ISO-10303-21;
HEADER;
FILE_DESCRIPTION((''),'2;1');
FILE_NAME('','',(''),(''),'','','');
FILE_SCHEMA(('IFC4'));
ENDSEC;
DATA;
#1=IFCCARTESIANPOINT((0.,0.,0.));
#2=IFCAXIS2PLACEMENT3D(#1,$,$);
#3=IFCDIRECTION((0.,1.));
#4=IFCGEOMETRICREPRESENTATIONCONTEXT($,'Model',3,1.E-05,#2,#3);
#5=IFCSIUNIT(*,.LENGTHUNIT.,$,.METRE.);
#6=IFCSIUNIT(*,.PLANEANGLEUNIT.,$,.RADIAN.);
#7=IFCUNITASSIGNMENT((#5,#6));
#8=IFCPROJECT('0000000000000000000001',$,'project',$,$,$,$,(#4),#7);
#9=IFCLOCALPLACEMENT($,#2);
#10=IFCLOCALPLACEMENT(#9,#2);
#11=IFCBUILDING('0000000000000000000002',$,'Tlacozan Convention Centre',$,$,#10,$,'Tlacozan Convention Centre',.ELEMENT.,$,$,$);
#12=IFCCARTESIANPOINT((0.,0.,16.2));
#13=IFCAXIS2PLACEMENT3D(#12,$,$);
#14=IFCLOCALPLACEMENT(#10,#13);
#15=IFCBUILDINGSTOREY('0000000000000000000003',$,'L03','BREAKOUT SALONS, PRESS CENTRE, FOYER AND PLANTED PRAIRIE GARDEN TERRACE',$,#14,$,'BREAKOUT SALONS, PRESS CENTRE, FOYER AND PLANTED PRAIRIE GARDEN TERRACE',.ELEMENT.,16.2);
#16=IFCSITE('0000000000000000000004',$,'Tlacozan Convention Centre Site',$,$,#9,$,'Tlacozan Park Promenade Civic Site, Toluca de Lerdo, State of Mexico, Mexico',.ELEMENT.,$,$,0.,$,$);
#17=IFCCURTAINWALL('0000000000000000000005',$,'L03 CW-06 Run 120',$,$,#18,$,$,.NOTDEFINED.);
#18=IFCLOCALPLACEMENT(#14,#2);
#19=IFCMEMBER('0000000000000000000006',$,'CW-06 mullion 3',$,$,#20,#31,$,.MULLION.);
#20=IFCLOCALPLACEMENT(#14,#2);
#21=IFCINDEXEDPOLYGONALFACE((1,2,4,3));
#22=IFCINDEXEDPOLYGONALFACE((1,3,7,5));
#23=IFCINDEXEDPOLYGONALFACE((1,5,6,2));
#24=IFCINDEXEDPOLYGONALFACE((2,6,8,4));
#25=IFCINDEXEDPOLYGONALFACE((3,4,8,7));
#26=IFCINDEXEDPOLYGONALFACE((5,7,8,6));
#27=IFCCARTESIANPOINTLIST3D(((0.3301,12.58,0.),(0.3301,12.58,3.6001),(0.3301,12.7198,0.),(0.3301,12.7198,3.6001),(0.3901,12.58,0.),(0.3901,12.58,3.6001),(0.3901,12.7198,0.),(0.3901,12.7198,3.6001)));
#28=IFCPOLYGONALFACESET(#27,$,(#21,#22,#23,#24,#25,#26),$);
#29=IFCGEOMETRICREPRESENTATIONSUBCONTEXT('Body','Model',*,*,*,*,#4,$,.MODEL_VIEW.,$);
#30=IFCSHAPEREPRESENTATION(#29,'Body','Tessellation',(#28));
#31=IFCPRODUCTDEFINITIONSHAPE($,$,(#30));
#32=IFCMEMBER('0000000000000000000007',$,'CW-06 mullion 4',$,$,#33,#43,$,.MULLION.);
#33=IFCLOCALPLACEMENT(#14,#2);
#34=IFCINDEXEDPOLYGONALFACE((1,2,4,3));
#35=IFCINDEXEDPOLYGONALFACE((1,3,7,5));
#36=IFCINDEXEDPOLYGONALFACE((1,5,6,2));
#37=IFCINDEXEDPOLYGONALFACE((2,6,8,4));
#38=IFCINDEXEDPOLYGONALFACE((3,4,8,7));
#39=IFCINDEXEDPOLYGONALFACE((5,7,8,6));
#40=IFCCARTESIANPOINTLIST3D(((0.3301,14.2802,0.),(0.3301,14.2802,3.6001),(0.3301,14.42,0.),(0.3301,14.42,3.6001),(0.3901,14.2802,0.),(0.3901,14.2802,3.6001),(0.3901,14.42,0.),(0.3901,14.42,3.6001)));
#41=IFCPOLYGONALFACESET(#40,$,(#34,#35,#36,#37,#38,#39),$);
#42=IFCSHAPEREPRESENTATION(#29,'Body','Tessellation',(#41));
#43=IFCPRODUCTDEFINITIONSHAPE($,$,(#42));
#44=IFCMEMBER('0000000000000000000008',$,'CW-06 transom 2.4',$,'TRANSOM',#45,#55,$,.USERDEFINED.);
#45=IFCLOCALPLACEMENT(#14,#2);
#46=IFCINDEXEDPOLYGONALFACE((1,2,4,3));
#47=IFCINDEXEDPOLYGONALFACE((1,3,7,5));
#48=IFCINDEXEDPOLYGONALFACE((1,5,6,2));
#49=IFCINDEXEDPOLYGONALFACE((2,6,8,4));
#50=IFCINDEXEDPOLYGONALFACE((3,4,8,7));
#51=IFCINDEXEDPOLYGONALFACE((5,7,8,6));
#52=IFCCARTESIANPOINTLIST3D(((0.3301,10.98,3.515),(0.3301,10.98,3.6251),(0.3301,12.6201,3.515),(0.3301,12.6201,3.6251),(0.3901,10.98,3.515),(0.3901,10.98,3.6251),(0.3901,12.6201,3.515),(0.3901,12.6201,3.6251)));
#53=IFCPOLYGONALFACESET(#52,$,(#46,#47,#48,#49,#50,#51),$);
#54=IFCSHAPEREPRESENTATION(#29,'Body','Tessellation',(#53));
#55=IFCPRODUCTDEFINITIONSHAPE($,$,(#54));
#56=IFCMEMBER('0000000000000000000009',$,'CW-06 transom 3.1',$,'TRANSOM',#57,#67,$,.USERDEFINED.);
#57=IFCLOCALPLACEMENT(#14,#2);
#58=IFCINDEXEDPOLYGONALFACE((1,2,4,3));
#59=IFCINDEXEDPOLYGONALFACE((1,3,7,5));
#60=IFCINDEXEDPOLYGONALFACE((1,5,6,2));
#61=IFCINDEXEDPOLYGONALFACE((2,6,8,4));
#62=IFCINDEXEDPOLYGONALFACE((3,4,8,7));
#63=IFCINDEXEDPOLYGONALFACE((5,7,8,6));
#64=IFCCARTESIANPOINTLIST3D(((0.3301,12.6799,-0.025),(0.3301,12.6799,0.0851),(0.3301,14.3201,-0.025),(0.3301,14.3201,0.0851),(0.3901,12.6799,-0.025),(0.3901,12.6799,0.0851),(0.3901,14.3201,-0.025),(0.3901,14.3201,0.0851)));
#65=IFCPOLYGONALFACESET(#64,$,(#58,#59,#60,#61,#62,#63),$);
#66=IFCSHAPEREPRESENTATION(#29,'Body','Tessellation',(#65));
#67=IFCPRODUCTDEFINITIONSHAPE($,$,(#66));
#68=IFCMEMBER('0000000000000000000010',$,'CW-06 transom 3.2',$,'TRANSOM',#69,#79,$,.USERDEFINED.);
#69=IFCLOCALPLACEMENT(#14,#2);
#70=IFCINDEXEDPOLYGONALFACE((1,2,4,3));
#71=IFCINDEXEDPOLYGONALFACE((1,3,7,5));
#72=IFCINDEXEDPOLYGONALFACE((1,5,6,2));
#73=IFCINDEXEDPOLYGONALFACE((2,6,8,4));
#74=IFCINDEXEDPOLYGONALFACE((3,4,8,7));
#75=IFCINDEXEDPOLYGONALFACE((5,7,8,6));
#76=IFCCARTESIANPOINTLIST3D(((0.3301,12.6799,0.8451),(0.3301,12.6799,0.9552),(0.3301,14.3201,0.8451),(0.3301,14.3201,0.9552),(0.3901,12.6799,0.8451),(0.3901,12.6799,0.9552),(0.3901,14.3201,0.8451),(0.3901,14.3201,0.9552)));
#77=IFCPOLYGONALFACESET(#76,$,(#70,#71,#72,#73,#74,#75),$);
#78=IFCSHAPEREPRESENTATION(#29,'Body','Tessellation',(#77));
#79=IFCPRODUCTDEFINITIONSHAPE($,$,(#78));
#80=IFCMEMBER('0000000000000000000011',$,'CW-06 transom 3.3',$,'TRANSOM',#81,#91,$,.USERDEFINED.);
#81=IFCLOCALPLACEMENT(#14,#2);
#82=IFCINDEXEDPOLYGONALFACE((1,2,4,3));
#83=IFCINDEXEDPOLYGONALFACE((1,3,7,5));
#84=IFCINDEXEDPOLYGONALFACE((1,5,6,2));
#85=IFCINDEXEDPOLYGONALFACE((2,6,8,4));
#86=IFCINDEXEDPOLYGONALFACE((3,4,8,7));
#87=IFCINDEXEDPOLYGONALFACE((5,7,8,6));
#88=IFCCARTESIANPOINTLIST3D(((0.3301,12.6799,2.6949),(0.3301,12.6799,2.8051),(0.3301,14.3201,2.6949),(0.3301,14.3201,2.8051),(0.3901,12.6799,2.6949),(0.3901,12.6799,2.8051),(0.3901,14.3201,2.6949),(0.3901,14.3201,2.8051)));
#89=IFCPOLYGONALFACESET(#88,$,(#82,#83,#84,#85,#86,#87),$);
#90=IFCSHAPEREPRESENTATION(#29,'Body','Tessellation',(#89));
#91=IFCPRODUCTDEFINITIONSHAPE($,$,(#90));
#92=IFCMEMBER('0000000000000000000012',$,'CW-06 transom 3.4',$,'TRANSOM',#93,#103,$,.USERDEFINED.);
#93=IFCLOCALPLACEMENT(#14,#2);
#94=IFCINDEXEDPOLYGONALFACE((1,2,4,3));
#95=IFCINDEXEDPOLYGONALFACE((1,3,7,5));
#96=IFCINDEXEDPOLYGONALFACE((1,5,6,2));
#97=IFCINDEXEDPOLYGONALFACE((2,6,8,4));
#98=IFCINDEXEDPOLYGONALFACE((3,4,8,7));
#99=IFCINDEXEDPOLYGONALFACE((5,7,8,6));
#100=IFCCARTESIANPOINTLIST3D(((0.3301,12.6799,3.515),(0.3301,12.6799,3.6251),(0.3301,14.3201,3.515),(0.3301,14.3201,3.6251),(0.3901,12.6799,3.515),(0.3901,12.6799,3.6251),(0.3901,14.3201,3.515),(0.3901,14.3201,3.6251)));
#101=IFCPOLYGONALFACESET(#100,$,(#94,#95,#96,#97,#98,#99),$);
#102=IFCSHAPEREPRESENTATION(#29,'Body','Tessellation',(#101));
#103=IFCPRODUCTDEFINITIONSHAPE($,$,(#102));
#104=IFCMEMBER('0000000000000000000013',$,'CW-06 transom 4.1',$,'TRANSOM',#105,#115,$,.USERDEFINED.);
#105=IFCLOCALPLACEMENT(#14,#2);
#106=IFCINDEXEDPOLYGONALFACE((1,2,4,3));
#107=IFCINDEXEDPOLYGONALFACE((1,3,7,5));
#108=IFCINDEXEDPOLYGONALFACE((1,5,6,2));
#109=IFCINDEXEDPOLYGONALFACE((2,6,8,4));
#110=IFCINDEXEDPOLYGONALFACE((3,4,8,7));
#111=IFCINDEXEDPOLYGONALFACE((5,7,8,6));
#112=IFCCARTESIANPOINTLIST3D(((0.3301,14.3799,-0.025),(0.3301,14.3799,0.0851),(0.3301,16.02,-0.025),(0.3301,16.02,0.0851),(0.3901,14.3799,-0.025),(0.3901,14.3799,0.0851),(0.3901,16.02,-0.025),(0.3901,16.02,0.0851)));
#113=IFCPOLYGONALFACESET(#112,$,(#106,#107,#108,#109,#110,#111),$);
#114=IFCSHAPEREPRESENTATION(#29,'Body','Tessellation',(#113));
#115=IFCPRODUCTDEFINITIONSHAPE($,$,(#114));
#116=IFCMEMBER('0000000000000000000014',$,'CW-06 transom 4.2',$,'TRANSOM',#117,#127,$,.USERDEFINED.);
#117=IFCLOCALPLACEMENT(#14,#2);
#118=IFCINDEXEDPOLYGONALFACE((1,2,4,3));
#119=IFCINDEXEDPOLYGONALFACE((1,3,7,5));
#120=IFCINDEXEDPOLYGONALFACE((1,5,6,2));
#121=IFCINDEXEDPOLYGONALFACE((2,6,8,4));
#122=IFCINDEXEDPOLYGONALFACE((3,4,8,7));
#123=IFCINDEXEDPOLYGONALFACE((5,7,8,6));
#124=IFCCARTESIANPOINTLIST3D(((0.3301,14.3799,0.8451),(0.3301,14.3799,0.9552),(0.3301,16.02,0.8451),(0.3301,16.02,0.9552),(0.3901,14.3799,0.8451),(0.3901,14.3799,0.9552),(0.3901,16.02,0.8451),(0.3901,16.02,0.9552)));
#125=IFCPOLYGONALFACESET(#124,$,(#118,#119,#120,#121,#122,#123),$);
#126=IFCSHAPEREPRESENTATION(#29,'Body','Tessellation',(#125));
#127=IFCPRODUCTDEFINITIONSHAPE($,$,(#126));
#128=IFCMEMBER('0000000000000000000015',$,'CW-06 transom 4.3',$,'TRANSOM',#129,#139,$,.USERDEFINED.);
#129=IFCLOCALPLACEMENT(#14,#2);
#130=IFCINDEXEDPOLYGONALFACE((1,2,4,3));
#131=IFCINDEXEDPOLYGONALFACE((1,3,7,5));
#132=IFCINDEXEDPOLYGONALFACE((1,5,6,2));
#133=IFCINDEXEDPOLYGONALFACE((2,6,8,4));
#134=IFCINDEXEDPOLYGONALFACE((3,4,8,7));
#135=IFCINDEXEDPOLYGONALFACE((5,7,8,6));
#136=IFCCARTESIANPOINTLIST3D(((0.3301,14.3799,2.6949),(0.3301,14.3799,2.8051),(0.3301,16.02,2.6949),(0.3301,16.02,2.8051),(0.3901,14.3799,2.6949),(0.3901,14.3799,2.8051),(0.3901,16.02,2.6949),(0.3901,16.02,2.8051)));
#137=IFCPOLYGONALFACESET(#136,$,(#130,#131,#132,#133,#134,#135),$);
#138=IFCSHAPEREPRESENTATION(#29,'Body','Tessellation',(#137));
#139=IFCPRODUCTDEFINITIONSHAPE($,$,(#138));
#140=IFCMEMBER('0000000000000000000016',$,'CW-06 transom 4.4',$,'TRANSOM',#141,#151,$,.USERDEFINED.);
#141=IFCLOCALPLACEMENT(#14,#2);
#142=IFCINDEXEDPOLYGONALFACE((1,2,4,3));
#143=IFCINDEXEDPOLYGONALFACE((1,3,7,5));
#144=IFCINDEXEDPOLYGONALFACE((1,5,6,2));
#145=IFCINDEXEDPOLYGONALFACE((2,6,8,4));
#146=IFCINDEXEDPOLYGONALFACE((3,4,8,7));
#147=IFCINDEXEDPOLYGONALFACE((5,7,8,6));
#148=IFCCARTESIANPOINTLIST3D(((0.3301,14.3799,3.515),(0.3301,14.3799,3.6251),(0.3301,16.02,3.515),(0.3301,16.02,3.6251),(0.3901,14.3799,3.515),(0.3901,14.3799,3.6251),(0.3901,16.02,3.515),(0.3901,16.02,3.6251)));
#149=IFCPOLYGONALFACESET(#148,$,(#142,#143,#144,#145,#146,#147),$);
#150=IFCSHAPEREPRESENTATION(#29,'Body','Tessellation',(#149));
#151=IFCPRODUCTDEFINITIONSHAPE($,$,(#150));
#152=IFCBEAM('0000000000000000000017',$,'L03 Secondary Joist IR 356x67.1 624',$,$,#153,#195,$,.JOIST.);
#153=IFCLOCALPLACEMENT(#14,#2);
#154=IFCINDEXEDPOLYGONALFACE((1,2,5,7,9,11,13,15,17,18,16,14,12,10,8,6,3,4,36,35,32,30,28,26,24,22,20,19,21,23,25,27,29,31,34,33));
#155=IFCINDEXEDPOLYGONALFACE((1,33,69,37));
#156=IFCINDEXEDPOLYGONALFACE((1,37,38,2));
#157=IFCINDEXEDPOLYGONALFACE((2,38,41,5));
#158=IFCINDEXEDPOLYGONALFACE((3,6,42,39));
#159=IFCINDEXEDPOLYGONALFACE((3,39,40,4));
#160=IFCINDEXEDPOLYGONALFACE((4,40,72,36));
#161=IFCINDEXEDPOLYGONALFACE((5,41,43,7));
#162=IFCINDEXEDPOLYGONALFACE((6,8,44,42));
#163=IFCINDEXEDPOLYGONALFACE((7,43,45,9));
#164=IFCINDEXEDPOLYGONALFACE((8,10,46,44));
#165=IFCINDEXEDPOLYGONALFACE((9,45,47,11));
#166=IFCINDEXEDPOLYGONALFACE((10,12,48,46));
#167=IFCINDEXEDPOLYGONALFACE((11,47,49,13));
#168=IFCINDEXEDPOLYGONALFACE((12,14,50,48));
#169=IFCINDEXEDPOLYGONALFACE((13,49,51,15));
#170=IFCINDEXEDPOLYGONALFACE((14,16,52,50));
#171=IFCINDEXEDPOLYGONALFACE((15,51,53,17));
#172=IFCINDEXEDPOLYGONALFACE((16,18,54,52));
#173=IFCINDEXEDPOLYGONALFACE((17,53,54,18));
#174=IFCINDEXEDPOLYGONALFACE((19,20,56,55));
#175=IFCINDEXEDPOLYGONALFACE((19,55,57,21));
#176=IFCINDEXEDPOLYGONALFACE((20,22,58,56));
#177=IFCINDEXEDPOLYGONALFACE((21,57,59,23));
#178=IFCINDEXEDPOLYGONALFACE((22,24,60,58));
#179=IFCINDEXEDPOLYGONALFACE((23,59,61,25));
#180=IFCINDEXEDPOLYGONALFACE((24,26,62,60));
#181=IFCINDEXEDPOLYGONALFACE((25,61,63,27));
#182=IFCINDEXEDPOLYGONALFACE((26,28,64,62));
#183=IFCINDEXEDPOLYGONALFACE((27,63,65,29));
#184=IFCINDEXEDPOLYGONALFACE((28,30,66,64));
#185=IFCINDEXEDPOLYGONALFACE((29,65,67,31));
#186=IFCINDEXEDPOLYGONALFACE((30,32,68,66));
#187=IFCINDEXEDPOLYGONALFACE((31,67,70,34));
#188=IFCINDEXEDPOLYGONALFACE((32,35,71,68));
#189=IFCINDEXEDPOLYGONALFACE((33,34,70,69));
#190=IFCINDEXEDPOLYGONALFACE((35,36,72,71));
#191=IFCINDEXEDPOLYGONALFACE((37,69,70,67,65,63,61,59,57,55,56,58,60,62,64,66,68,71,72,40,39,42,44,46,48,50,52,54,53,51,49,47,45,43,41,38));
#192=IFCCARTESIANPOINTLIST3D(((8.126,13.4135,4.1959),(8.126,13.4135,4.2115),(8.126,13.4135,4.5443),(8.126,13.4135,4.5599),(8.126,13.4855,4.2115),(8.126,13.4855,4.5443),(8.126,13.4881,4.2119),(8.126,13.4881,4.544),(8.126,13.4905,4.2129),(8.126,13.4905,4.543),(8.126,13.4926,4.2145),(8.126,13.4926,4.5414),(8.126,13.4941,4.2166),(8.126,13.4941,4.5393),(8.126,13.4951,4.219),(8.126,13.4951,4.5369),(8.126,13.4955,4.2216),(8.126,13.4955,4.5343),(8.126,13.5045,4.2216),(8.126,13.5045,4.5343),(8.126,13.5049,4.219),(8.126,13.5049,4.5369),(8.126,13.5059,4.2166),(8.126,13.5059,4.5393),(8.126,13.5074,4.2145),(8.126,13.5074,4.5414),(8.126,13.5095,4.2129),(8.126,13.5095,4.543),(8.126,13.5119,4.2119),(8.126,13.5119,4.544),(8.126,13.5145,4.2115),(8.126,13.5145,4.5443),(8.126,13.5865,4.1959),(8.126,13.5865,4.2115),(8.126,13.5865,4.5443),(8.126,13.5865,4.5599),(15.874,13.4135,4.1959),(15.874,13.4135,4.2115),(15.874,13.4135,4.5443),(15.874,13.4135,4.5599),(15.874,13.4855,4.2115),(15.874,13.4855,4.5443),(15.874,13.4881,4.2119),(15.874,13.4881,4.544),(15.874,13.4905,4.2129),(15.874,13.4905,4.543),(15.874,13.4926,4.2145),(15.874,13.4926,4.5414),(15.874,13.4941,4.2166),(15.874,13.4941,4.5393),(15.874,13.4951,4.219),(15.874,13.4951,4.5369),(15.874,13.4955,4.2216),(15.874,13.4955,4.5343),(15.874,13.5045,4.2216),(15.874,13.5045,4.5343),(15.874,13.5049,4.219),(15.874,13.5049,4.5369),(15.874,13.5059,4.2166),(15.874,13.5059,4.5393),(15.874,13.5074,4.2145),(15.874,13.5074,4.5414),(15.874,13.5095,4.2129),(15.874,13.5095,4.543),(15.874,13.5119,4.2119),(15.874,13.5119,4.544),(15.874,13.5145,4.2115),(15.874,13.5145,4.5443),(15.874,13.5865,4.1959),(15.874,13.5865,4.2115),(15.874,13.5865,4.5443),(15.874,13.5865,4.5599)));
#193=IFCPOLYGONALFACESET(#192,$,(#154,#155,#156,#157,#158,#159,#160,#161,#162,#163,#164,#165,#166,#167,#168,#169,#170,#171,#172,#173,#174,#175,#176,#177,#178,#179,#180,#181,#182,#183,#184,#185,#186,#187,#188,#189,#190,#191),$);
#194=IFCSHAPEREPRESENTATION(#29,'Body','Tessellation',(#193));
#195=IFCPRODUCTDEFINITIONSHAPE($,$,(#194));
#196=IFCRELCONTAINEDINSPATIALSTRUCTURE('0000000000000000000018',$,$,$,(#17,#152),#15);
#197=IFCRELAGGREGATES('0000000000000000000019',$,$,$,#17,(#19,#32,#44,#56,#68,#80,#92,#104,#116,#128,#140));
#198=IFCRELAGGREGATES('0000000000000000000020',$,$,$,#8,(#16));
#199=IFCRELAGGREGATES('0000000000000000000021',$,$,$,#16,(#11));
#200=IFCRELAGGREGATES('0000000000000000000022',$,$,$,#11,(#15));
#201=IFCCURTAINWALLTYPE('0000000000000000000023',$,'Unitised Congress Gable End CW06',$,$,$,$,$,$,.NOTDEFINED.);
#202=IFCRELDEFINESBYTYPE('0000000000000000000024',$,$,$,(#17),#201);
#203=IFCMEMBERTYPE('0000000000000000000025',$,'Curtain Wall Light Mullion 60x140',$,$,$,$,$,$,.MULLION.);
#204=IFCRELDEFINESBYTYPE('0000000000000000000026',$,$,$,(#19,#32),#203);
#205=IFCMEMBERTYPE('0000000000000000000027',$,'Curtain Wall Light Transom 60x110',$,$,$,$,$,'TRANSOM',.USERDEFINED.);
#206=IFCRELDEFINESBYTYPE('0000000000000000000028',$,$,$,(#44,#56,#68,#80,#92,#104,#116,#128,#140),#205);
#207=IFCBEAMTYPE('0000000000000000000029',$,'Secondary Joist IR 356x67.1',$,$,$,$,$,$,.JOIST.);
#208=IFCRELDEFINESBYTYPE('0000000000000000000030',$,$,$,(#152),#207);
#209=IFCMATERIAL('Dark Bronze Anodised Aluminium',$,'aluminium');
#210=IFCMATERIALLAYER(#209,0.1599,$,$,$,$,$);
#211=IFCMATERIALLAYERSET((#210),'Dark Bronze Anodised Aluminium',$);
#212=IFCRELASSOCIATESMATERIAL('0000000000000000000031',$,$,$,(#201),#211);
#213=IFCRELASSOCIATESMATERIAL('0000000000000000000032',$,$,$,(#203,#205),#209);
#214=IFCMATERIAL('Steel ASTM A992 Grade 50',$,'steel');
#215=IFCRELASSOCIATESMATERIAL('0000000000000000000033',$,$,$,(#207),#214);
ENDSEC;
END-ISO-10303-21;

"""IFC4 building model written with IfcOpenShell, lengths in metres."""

from ifc_helpers import new_model, si_unit, direction, frame, origin, origin_2d, place, context, subcontext, project, spatial, rectangle, i_section, extrude, material, layer, layer_set, material_profile, profile_set, type_object, element, aggregate, save


model = new_model("IFC4")

# Units and contexts
model_context = context("Model", 3, precision=1e-05, world=origin(), true_north=direction((0.0, 1.0)))
body_context = subcontext(model_context, "Body", "Model", "MODEL_VIEW")
ifc_project = project(units=[si_unit("LENGTHUNIT", "METRE"), si_unit("PLANEANGLEUNIT", "RADIAN")], contexts=[model_context])

# Site, building, storey
site_placement = place(None, origin())
site = spatial("IfcSite", under=ifc_project, at=site_placement, Name="Tlacozan Convention Centre Site", LongName="Tlacozan Park Promenade Civic Site, Toluca de Lerdo, State of Mexico, Mexico", CompositionType="ELEMENT", RefElevation=0.0)
building_placement = place(site_placement, origin())
building = spatial("IfcBuilding", under=site, at=building_placement, Name="Tlacozan Convention Centre", LongName="Tlacozan Convention Centre", CompositionType="ELEMENT")
storey_placement = place(building_placement, frame((0.0, 0.0, 16.2)))
storey = spatial("IfcBuildingStorey", under=building, at=storey_placement, Name="L03", Description="BREAKOUT SALONS, PRESS CENTRE, FOYER AND PLANTED PRAIRIE GARDEN TERRACE", LongName="BREAKOUT SALONS, PRESS CENTRE, FOYER AND PLANTED PRAIRIE GARDEN TERRACE", CompositionType="ELEMENT", Elevation=16.2)

# Curtain wall, members
ifc_material_1 = material(Name="Dark Bronze Anodised Aluminium", Category="aluminium")
ifc_layer_1 = layer(ifc_material_1, 0.1599)
ifc_layer_set_1 = layer_set([ifc_layer_1], Name="Dark Bronze Anodised Aluminium")
curtain_wall_type = type_object("IfcCurtainWallType", Name="Unitised Congress Gable End CW06", PredefinedType="NOTDEFINED", material=ifc_layer_set_1)
curtain_wall_placement = place(storey_placement, origin())
curtain_wall = element("IfcCurtainWall", 1, at=curtain_wall_placement, inside=storey, type_object=curtain_wall_type, Name="L03 CW-06 Run 120", PredefinedType="NOTDEFINED")
ifc_material_profile_1 = material_profile(ifc_material_1, rectangle(XDim=0.0601, YDim=0.1399, at=origin_2d()), Name="ALU 60x140")
ifc_profile_set_1 = profile_set([ifc_material_profile_1], Name="Dark Bronze Anodised Aluminium")
member_type_1 = type_object("IfcMemberType", Name="Curtain Wall Light Mullion 60x140", PredefinedType="MULLION", material=ifc_profile_set_1)
member_1_placement = place(storey_placement, frame((0.3601, 12.6499, 0.0), z_axis=(0.0, 0.0, 1.0), x_axis=(-1.0, 0.0, 0.0)))
member_1 = element("IfcMember", 2, at=member_1_placement, type_object=member_type_1, Name="CW-06 mullion 3", PredefinedType="MULLION", context=body_context, shape_type="SweptSolid", body=[
    extrude(rectangle(XDim=0.0601, YDim=0.1399, at=origin_2d()), origin(), (0.0, 0.0, 1.0), 3.6001),
])
member_2_placement = place(storey_placement, frame((0.3601, 14.3501, 0.0), z_axis=(0.0, 0.0, 1.0), x_axis=(-1.0, 0.0, 0.0)))
member_2 = element("IfcMember", 3, at=member_2_placement, type_object=member_type_1, Name="CW-06 mullion 4", PredefinedType="MULLION", context=body_context, shape_type="SweptSolid", body=[
    extrude(rectangle(XDim=0.0601, YDim=0.1399, at=origin_2d()), origin(), (0.0, 0.0, 1.0), 3.6001),
])
ifc_material_profile_2 = material_profile(ifc_material_1, rectangle(XDim=0.0601, YDim=0.1101, at=origin_2d()), Name="ALU 60x110")
ifc_profile_set_2 = profile_set([ifc_material_profile_2], Name="Dark Bronze Anodised Aluminium")
member_type_2 = type_object("IfcMemberType", Name="Curtain Wall Light Transom 60x110", ElementType="TRANSOM", PredefinedType="USERDEFINED", material=ifc_profile_set_2)
member_3_placement = place(storey_placement, frame((0.3601, 10.98, 3.5701), z_axis=(0.0, 1.0, 0.0), x_axis=(-1.0, 0.0, 0.0)))
member_3 = element("IfcMember", 4, at=member_3_placement, type_object=member_type_2, Name="CW-06 transom 2.4", ObjectType="TRANSOM", PredefinedType="USERDEFINED", context=body_context, shape_type="SweptSolid", body=[
    extrude(rectangle(XDim=0.0601, YDim=0.1101, at=origin_2d()), origin(), (0.0, 0.0, 1.0), 1.6401),
])
member_4_placement = place(storey_placement, frame((0.3601, 12.6799, 0.03), z_axis=(0.0, 1.0, 0.0), x_axis=(-1.0, 0.0, 0.0)))
member_4 = element("IfcMember", 5, at=member_4_placement, type_object=member_type_2, Name="CW-06 transom 3.1", ObjectType="TRANSOM", PredefinedType="USERDEFINED", context=body_context, shape_type="SweptSolid", body=[
    extrude(rectangle(XDim=0.0601, YDim=0.1101, at=origin_2d()), origin(), (0.0, 0.0, 1.0), 1.6401),
])
member_5_placement = place(storey_placement, frame((0.3601, 12.6799, 0.9001), z_axis=(0.0, 1.0, 0.0), x_axis=(-1.0, 0.0, 0.0)))
member_5 = element("IfcMember", 6, at=member_5_placement, type_object=member_type_2, Name="CW-06 transom 3.2", ObjectType="TRANSOM", PredefinedType="USERDEFINED", context=body_context, shape_type="SweptSolid", body=[
    extrude(rectangle(XDim=0.0601, YDim=0.1101, at=origin_2d()), origin(), (0.0, 0.0, 1.0), 1.6401),
])
member_6_placement = place(storey_placement, frame((0.3601, 12.6799, 2.75), z_axis=(0.0, 1.0, 0.0), x_axis=(-1.0, 0.0, 0.0)))
member_6 = element("IfcMember", 7, at=member_6_placement, type_object=member_type_2, Name="CW-06 transom 3.3", ObjectType="TRANSOM", PredefinedType="USERDEFINED", context=body_context, shape_type="SweptSolid", body=[
    extrude(rectangle(XDim=0.0601, YDim=0.1101, at=origin_2d()), origin(), (0.0, 0.0, 1.0), 1.6401),
])
member_7_placement = place(storey_placement, frame((0.3601, 12.6799, 3.5701), z_axis=(0.0, 1.0, 0.0), x_axis=(-1.0, 0.0, 0.0)))
member_7 = element("IfcMember", 8, at=member_7_placement, type_object=member_type_2, Name="CW-06 transom 3.4", ObjectType="TRANSOM", PredefinedType="USERDEFINED", context=body_context, shape_type="SweptSolid", body=[
    extrude(rectangle(XDim=0.0601, YDim=0.1101, at=origin_2d()), origin(), (0.0, 0.0, 1.0), 1.6401),
])
member_8_placement = place(storey_placement, frame((0.3601, 14.3799, 0.03), z_axis=(0.0, 1.0, 0.0), x_axis=(-1.0, 0.0, 0.0)))
member_8 = element("IfcMember", 9, at=member_8_placement, type_object=member_type_2, Name="CW-06 transom 4.1", ObjectType="TRANSOM", PredefinedType="USERDEFINED", context=body_context, shape_type="SweptSolid", body=[
    extrude(rectangle(XDim=0.0601, YDim=0.1101, at=origin_2d()), origin(), (0.0, 0.0, 1.0), 1.6401),
])
member_9_placement = place(storey_placement, frame((0.3601, 14.3799, 0.9001), z_axis=(0.0, 1.0, 0.0), x_axis=(-1.0, 0.0, 0.0)))
member_9 = element("IfcMember", 10, at=member_9_placement, type_object=member_type_2, Name="CW-06 transom 4.2", ObjectType="TRANSOM", PredefinedType="USERDEFINED", context=body_context, shape_type="SweptSolid", body=[
    extrude(rectangle(XDim=0.0601, YDim=0.1101, at=origin_2d()), origin(), (0.0, 0.0, 1.0), 1.6401),
])
member_10_placement = place(storey_placement, frame((0.3601, 14.3799, 2.75), z_axis=(0.0, 1.0, 0.0), x_axis=(-1.0, 0.0, 0.0)))
member_10 = element("IfcMember", 11, at=member_10_placement, type_object=member_type_2, Name="CW-06 transom 4.3", ObjectType="TRANSOM", PredefinedType="USERDEFINED", context=body_context, shape_type="SweptSolid", body=[
    extrude(rectangle(XDim=0.0601, YDim=0.1101, at=origin_2d()), origin(), (0.0, 0.0, 1.0), 1.6401),
])
member_11_placement = place(storey_placement, frame((0.3601, 14.3799, 3.5701), z_axis=(0.0, 1.0, 0.0), x_axis=(-1.0, 0.0, 0.0)))
member_11 = element("IfcMember", 12, at=member_11_placement, type_object=member_type_2, Name="CW-06 transom 4.4", ObjectType="TRANSOM", PredefinedType="USERDEFINED", context=body_context, shape_type="SweptSolid", body=[
    extrude(rectangle(XDim=0.0601, YDim=0.1101, at=origin_2d()), origin(), (0.0, 0.0, 1.0), 1.6401),
])

# Beam
ifc_material_2 = material(Name="Steel ASTM A992 Grade 50", Category="steel")
ifc_material_profile_3 = material_profile(ifc_material_2, i_section(OverallWidth=0.1731, OverallDepth=0.364, WebThickness=0.009, FlangeThickness=0.0156, FilletRadius=0.01, at=origin_2d()), Name="IR 356x67.1")
ifc_profile_set_3 = profile_set([ifc_material_profile_3], Name="Steel ASTM A992 Grade 50")
beam_type = type_object("IfcBeamType", Name="Secondary Joist IR 356x67.1", PredefinedType="JOIST", material=ifc_profile_set_3)
beam_placement = place(storey_placement, frame((8.126, 13.5, 4.3779), z_axis=(1.0, 0.0, 0.0), x_axis=(0.0, 1.0, 0.0)))
element("IfcBeam", 13, at=beam_placement, inside=storey, type_object=beam_type, Name="L03 Secondary Joist IR 356x67.1 624", PredefinedType="JOIST", context=body_context, shape_type="SweptSolid", body=[
    extrude(i_section(OverallWidth=0.1731, OverallDepth=0.364, WebThickness=0.009, FlangeThickness=0.0156, FilletRadius=0.01, at=origin_2d()), origin(), (0.0, 0.0, 1.0), 7.748),
])

aggregate(curtain_wall, [member_1, member_2, member_3, member_4, member_5, member_6, member_7, member_8, member_9, member_10, member_11])

save(model, "model.ifc")
